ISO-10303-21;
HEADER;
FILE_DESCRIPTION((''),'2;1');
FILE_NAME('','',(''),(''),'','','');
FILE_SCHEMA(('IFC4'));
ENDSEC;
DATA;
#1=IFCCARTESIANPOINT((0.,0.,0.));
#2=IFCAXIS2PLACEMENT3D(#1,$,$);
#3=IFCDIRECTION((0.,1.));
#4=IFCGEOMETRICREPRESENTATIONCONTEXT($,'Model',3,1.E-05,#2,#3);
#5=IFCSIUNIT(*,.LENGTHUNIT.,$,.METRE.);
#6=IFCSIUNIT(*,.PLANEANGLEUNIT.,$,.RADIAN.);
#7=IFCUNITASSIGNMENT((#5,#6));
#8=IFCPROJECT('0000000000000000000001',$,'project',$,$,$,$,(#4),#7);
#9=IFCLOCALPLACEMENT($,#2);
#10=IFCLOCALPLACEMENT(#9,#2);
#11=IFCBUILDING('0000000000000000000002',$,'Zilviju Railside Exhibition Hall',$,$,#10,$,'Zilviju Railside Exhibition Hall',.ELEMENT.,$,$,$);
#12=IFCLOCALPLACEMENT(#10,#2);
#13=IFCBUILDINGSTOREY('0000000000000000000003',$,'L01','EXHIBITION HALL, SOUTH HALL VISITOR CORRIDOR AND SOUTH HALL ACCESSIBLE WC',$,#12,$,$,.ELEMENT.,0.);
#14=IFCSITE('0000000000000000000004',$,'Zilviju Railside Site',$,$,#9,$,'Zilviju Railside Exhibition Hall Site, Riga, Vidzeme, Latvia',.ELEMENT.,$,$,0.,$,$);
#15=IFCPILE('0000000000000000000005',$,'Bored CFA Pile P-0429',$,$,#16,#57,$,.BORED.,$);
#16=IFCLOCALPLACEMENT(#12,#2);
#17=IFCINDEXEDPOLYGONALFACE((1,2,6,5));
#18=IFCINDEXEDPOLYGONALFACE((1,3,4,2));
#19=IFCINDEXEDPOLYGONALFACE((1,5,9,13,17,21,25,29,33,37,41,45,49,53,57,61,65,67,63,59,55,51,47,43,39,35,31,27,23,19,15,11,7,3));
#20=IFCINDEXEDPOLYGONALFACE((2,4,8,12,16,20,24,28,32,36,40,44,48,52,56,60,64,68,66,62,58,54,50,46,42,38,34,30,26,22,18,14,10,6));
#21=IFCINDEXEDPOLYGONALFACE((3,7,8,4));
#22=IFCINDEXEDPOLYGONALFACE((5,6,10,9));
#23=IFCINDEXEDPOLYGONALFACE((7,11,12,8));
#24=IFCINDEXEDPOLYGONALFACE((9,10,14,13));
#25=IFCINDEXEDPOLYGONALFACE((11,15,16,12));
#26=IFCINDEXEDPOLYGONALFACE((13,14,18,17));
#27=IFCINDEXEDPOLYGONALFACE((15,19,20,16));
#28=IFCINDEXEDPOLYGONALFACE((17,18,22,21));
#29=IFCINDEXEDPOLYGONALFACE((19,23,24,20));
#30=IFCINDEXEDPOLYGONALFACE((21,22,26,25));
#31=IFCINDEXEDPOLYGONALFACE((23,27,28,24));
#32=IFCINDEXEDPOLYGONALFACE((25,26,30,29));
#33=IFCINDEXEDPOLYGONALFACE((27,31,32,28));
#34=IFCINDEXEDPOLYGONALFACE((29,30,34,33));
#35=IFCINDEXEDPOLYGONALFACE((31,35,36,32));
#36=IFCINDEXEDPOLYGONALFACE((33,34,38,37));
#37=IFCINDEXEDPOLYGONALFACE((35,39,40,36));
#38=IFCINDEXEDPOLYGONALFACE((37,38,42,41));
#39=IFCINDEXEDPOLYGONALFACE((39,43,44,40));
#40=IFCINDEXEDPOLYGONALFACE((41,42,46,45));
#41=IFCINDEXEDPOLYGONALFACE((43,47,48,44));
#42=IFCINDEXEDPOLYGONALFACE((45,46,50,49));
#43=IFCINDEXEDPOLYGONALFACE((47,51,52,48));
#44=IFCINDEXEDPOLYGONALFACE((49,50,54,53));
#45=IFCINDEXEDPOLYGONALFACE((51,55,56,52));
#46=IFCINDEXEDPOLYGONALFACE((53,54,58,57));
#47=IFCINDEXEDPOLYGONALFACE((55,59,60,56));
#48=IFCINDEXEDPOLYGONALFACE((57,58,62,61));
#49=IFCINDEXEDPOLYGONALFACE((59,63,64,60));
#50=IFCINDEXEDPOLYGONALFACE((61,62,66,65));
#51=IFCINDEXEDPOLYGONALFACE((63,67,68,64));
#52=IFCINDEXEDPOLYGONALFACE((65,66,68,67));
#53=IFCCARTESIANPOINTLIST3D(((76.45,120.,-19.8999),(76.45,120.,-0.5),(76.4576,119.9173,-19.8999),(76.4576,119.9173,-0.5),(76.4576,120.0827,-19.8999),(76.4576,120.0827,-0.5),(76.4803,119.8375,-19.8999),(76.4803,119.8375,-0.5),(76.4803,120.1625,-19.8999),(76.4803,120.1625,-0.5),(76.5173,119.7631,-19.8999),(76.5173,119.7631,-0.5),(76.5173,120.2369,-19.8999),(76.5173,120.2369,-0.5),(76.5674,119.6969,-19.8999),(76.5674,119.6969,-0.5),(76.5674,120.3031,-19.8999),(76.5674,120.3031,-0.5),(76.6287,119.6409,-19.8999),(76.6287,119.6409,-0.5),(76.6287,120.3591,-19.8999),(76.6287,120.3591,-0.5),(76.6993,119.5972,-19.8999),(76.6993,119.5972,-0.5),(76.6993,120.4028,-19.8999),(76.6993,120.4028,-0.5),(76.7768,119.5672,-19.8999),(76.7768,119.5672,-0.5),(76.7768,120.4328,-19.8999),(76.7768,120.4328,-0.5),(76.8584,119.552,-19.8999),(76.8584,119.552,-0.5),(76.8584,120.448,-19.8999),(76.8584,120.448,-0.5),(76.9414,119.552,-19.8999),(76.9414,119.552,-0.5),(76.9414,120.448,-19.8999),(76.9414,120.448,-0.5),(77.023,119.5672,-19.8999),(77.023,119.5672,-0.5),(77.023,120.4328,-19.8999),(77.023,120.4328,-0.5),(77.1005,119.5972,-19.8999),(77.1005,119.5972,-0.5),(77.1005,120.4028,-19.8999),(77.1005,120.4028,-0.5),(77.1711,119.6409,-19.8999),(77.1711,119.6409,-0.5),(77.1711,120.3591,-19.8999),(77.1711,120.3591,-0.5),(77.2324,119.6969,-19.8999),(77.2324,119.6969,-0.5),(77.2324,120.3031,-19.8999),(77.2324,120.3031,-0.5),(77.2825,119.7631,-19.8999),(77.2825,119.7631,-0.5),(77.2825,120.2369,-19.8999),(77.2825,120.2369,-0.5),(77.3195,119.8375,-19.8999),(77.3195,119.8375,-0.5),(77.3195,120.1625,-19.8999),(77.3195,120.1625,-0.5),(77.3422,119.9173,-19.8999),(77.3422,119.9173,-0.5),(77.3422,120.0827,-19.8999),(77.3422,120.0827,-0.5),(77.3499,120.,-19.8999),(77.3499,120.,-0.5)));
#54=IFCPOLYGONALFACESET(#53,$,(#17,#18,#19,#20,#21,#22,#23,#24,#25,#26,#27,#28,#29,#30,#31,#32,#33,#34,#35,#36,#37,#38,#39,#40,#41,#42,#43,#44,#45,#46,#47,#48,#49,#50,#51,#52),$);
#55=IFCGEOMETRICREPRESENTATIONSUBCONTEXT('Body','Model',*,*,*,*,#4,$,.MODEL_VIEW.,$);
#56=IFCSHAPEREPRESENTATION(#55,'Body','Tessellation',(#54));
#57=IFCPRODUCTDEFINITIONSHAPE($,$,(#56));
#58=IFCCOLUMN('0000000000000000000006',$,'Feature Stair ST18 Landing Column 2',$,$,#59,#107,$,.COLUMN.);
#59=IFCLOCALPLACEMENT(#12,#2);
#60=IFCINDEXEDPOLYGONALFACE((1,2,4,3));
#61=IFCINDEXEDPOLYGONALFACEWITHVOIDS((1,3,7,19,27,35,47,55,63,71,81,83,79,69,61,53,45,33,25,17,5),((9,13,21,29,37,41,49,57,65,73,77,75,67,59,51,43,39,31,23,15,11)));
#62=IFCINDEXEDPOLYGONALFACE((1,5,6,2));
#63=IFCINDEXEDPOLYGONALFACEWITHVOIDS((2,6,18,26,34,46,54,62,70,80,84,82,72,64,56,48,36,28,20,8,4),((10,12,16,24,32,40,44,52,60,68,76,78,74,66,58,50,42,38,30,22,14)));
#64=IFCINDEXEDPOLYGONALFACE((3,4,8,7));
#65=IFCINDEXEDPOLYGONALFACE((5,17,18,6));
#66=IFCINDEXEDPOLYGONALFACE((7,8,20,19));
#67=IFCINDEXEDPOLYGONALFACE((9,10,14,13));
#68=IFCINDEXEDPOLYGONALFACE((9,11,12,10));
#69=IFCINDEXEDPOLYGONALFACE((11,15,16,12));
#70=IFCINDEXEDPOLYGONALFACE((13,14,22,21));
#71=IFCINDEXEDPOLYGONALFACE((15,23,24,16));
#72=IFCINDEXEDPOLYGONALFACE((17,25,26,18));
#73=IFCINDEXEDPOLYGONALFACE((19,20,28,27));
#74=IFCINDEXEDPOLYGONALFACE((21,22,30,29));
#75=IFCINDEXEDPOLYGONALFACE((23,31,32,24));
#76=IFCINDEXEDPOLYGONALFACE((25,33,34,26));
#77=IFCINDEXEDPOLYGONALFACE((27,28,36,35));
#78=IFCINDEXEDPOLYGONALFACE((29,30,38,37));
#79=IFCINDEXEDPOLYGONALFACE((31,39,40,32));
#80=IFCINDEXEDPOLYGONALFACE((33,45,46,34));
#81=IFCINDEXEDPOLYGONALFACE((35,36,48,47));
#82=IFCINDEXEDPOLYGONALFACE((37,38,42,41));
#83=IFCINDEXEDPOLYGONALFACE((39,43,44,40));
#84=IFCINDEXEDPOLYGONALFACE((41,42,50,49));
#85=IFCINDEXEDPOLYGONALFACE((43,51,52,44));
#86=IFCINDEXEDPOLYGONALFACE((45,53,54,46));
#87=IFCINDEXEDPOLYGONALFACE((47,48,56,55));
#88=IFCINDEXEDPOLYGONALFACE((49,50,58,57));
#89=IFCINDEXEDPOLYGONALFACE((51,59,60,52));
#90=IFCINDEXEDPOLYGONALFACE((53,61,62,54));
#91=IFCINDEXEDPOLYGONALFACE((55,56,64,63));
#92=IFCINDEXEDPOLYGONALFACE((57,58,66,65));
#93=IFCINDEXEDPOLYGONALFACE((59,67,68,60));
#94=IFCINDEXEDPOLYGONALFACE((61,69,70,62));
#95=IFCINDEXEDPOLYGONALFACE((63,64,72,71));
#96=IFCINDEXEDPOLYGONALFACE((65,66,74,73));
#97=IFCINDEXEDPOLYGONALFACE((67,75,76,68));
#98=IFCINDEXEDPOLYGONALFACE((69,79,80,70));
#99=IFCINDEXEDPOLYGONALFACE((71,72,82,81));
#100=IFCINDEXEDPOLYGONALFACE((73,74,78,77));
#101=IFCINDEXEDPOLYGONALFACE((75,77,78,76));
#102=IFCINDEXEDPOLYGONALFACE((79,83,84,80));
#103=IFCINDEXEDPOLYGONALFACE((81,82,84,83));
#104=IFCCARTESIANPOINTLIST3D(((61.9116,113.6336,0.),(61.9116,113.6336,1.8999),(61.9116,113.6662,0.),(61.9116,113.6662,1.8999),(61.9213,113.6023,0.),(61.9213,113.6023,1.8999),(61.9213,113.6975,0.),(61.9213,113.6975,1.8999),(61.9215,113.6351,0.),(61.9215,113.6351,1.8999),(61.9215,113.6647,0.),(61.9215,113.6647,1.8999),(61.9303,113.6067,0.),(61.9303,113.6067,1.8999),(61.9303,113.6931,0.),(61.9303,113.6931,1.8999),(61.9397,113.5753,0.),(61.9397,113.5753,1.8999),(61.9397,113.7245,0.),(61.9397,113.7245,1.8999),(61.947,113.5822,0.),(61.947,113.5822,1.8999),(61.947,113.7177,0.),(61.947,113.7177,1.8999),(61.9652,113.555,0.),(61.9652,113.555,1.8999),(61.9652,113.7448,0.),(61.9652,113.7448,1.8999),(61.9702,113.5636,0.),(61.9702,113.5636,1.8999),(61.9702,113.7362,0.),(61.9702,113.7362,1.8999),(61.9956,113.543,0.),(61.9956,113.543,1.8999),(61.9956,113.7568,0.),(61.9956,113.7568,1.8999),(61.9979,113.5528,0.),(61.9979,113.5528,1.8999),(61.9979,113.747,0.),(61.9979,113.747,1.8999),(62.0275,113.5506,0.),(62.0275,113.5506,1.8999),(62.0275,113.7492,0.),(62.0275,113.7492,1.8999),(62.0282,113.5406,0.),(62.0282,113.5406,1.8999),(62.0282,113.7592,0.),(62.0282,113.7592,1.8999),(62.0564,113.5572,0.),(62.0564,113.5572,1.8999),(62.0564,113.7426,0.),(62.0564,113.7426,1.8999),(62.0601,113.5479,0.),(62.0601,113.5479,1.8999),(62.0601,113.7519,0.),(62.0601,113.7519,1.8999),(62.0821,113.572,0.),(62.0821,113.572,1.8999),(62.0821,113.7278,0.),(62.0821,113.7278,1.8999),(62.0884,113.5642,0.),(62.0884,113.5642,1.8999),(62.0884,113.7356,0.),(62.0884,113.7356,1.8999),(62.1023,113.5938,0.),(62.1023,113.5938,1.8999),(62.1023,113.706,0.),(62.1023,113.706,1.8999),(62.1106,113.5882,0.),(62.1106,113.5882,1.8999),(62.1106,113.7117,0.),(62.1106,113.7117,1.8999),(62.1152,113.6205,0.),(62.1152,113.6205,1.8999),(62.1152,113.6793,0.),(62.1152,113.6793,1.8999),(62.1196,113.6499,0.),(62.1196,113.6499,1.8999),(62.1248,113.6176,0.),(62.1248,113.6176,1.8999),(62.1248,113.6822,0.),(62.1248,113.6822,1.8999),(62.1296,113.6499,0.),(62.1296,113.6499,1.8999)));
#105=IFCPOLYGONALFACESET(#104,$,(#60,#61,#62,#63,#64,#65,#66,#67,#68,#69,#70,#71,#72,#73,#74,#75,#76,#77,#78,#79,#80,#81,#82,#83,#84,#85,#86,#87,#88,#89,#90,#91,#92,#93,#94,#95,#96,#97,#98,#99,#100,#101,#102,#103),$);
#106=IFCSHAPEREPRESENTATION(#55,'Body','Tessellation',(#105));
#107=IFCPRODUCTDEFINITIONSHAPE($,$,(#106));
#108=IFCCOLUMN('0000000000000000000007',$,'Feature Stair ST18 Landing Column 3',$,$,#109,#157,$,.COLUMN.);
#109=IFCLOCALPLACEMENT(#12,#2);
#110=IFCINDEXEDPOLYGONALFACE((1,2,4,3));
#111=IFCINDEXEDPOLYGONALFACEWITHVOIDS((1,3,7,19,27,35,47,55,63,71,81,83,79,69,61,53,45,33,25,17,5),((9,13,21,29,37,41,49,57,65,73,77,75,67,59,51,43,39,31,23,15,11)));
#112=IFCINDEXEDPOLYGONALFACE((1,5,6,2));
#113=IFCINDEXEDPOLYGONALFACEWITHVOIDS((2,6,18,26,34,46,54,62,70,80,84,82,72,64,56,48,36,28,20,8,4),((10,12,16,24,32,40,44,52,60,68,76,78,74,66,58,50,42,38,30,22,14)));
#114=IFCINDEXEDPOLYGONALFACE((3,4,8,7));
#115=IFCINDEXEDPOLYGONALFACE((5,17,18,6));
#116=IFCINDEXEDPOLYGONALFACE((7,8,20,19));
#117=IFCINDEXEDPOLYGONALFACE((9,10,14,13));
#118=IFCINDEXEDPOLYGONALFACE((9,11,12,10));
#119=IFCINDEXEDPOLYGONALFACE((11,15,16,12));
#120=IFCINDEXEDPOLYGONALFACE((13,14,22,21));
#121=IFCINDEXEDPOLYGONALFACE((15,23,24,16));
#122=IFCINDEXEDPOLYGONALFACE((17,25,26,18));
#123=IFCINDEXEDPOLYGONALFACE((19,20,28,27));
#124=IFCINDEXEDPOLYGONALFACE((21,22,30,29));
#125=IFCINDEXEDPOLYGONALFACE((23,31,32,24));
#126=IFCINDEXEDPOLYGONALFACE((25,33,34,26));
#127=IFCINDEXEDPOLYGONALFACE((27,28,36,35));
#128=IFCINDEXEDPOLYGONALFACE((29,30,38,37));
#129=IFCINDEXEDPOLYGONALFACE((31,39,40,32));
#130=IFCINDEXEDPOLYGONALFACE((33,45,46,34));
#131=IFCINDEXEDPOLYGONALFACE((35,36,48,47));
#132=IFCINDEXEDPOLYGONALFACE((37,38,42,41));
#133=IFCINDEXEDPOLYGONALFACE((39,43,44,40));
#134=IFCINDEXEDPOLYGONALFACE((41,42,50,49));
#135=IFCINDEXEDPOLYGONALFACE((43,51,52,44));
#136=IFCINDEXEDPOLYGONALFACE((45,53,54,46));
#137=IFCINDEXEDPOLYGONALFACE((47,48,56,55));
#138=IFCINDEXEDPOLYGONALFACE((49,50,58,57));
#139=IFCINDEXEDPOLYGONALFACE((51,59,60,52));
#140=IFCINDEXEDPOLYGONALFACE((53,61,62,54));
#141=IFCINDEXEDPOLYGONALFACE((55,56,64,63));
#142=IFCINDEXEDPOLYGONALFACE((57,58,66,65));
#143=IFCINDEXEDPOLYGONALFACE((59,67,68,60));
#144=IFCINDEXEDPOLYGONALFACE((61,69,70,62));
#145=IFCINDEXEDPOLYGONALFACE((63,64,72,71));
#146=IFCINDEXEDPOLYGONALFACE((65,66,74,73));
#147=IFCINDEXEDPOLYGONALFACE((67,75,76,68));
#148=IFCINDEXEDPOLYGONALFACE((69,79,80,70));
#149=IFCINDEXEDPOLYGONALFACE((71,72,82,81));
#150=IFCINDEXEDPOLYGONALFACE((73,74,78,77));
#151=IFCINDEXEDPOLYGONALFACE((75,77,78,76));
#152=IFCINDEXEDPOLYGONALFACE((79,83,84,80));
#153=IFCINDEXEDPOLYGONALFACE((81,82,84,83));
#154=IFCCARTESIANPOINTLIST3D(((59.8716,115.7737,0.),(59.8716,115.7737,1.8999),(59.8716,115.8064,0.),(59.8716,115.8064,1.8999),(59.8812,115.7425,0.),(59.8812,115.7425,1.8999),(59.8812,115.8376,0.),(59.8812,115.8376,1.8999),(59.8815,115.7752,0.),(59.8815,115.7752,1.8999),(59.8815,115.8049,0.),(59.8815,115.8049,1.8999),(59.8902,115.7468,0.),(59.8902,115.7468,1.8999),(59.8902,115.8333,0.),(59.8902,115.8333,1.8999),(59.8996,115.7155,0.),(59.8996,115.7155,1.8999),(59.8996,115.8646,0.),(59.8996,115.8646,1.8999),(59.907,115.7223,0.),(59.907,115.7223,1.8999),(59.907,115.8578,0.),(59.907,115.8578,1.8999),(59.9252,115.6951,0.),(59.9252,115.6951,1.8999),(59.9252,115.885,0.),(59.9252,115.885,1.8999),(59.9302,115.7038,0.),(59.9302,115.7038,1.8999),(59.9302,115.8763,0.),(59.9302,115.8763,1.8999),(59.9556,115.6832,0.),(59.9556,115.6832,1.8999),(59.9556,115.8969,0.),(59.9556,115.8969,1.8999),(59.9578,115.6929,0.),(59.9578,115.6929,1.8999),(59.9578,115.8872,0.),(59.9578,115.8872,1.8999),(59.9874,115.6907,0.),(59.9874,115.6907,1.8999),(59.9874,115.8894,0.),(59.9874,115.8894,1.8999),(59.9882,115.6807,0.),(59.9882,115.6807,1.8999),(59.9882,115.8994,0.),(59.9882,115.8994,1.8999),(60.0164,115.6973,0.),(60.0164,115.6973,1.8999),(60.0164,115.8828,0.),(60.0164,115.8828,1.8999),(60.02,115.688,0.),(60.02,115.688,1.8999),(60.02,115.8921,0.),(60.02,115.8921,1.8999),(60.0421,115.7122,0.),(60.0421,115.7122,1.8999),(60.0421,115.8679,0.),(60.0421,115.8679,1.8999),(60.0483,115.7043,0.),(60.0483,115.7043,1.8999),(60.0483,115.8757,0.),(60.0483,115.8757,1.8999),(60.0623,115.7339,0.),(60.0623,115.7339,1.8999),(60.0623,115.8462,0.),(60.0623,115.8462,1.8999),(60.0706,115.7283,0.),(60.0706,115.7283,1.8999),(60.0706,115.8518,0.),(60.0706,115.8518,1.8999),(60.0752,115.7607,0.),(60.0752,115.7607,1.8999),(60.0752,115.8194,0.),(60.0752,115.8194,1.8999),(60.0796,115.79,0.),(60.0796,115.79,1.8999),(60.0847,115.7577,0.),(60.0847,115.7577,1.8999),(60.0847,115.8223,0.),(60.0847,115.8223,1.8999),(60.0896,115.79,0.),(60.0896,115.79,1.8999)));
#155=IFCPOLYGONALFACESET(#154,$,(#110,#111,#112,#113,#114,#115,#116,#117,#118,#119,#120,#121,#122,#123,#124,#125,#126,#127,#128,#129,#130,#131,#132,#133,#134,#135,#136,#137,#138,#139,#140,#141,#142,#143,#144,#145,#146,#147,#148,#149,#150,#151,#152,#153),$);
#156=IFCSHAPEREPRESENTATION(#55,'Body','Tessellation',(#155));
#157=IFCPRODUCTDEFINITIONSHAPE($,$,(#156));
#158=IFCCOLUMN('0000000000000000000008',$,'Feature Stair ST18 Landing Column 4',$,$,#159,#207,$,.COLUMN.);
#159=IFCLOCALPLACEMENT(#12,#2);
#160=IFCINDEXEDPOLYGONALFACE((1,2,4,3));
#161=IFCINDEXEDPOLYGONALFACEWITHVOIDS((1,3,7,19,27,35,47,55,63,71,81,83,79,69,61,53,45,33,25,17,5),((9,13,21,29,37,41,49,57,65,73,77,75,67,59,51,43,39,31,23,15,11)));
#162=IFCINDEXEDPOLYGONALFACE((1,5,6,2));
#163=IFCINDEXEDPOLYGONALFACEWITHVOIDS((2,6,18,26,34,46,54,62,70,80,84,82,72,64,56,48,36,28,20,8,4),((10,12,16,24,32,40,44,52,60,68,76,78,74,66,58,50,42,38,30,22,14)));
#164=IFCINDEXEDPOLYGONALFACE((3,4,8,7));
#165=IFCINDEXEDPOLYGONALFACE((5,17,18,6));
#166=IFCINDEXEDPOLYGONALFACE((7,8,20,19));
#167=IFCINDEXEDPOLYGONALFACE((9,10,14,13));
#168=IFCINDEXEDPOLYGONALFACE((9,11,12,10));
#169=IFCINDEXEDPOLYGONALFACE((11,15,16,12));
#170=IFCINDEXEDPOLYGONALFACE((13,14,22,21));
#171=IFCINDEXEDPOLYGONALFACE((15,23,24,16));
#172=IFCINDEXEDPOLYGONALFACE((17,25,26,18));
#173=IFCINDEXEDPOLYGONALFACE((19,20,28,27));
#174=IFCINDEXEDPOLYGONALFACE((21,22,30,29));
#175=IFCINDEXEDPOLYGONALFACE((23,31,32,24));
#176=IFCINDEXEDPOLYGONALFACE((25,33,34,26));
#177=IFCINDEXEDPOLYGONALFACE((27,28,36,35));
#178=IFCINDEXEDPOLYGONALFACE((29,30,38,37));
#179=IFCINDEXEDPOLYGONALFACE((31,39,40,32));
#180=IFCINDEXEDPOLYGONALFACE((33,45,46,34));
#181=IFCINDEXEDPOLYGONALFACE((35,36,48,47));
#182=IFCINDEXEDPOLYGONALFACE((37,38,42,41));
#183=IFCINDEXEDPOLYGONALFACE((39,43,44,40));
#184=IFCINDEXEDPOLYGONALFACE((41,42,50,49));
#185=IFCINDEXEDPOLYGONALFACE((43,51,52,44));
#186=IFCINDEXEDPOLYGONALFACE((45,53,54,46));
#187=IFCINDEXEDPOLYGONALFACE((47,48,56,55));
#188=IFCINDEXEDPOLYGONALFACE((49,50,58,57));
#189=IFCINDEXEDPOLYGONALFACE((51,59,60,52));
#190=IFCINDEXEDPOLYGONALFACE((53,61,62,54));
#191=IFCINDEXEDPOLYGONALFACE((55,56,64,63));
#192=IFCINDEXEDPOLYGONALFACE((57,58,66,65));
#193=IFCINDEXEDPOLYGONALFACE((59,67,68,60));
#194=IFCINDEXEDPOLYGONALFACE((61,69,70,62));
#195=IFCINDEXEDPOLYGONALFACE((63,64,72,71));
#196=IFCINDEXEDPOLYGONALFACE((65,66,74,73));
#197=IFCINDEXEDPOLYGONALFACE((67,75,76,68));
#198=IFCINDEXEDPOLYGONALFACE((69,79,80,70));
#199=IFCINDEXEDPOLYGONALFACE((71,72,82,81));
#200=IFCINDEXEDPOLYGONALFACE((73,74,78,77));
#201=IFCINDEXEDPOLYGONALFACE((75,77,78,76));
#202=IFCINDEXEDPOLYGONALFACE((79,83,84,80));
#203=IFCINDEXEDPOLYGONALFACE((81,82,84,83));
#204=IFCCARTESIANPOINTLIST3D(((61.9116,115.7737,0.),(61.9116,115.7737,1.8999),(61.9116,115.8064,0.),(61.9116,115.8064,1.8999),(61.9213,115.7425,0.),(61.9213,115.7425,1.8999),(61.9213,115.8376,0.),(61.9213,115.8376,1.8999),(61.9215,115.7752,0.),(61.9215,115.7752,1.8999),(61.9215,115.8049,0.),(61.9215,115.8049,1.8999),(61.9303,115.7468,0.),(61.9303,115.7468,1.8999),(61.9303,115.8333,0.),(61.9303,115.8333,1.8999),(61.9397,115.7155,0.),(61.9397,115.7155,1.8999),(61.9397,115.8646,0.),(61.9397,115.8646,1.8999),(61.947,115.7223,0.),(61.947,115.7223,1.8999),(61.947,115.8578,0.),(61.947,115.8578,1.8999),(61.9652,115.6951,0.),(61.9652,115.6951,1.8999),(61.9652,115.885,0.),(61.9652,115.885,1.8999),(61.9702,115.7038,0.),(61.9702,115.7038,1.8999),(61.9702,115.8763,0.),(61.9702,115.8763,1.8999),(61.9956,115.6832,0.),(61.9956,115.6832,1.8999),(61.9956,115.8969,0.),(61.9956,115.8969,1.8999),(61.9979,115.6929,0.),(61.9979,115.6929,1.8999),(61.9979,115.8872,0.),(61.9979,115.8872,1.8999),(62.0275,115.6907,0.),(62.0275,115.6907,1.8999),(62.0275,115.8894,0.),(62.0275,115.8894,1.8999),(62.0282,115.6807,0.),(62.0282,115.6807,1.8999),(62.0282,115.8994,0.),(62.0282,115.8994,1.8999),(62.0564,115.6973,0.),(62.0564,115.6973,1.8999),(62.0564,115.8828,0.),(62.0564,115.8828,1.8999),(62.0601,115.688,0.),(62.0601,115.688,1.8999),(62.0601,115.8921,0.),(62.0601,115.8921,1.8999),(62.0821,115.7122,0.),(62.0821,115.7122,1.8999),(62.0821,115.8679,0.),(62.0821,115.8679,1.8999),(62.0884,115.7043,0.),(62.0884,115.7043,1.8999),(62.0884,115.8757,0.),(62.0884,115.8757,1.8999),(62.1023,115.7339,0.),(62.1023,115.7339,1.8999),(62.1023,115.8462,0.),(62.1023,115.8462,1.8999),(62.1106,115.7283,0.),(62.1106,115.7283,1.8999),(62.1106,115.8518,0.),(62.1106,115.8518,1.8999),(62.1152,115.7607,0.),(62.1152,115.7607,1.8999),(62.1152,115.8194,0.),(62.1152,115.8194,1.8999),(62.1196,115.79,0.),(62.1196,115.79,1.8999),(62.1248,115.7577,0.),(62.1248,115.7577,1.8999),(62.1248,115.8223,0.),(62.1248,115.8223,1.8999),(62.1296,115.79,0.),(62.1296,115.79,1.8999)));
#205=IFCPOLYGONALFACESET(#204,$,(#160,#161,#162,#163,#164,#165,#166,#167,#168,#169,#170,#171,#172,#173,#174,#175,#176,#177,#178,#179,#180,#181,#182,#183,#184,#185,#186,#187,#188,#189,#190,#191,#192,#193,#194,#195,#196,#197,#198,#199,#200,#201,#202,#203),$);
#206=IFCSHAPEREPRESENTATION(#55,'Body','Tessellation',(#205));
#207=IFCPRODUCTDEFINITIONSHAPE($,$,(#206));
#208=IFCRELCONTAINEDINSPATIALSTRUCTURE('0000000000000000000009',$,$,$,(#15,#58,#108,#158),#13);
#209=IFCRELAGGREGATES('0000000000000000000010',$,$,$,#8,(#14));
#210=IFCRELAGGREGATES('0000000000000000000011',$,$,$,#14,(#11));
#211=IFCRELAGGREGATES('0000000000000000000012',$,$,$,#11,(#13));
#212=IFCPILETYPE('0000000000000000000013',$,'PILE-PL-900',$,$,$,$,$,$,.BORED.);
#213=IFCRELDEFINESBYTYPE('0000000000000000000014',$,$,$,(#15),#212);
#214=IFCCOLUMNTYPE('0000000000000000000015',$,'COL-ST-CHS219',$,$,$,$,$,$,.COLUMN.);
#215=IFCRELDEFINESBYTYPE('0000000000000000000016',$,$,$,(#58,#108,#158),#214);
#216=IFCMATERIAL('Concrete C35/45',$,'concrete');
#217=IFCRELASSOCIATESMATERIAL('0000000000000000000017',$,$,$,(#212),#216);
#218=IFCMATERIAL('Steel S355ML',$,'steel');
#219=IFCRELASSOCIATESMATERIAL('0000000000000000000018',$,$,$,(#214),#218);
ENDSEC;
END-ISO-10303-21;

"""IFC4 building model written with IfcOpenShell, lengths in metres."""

from ifc_helpers import new_model, si_unit, direction, frame, origin, origin_2d, place, context, subcontext, project, spatial, circle, hollow_circle, extrude, material, material_profile, profile_set, type_object, element, save


model = new_model("IFC4")

# Units and contexts
model_context = context("Model", 3, precision=1e-05, world=origin(), true_north=direction((0.0, 1.0)))
body_context = subcontext(model_context, "Body", "Model", "MODEL_VIEW")
ifc_project = project(units=[si_unit("LENGTHUNIT", "METRE"), si_unit("PLANEANGLEUNIT", "RADIAN")], contexts=[model_context])

# Site, building, storey
site_placement = place(None, origin())
site = spatial("IfcSite", under=ifc_project, at=site_placement, Name="Zilviju Railside Site", LongName="Zilviju Railside Exhibition Hall Site, Riga, Vidzeme, Latvia", CompositionType="ELEMENT", RefElevation=0.0)
building_placement = place(site_placement, origin())
building = spatial("IfcBuilding", under=site, at=building_placement, Name="Zilviju Railside Exhibition Hall", LongName="Zilviju Railside Exhibition Hall", CompositionType="ELEMENT")
storey_placement = place(building_placement, origin())
storey = spatial("IfcBuildingStorey", under=building, at=storey_placement, Name="L01", Description="EXHIBITION HALL, SOUTH HALL VISITOR CORRIDOR AND SOUTH HALL ACCESSIBLE WC", CompositionType="ELEMENT", Elevation=0.0)

# Shared definitions
ifc_material_1 = material(Name="Concrete C35/45", Category="concrete")

# Pile
ifc_material_profile_1 = material_profile(ifc_material_1, circle(Radius=0.45, at=origin_2d()), Name="CFA PILE D900")
ifc_profile_set_1 = profile_set([ifc_material_profile_1], Name="Concrete C35/45")
pile_type_1 = type_object("IfcPileType", Name="PILE-PL-900", PredefinedType="BORED", material=ifc_profile_set_1)
pile_placement = place(storey_placement, frame((76.8999, 120.0, -0.5), z_axis=(0.0, 0.0, -1.0), x_axis=(1.0, 0.0, 0.0)))
element("IfcPile", 1, at=pile_placement, inside=storey, type_object=pile_type_1, Name="Bored CFA Pile P-0429", PredefinedType="BORED", context=body_context, shape_type="SweptSolid", body=[
    extrude(circle(Radius=0.45, at=origin_2d()), origin(), (0.0, 0.0, 1.0), 19.3999),
])

# Columns
ifc_material_2 = material(Name="Steel S355ML", Category="steel")
ifc_material_profile_2 = material_profile(ifc_material_2, hollow_circle(Radius=0.1096, WallThickness=0.01, at=origin_2d()), Name="CHS 219.1x10.0")
ifc_profile_set_2 = profile_set([ifc_material_profile_2], Name="Steel S355ML")
column_type_1 = type_object("IfcColumnType", Name="COL-ST-CHS219", PredefinedType="COLUMN", material=ifc_profile_set_2)
for number, where, z_axis, x_axis, name in (
    (2, (62.02, 113.6499, 0.0), (0.0, 0.0, 1.0), (1.0, 0.0, 0.0), "Feature Stair ST18 Landing Column 2"),
    (3, (59.98, 115.79, 0.0), (0.0, 0.0, 1.0), (1.0, 0.0, 0.0), "Feature Stair ST18 Landing Column 3"),
    (4, (62.02, 115.79, 0.0), (0.0, 0.0, 1.0), (1.0, 0.0, 0.0), "Feature Stair ST18 Landing Column 4"),
):
    element("IfcColumn", number, at=place(storey_placement, frame(where, z_axis=z_axis, x_axis=x_axis)), inside=storey, type_object=column_type_1, Name=name, PredefinedType="COLUMN", context=body_context, shape_type="SweptSolid", body=[
        extrude(hollow_circle(Radius=0.1096, WallThickness=0.01, at=origin_2d()), origin(), (0.0, 0.0, 1.0), 1.8999),
    ])

save(model, "model.ifc")
